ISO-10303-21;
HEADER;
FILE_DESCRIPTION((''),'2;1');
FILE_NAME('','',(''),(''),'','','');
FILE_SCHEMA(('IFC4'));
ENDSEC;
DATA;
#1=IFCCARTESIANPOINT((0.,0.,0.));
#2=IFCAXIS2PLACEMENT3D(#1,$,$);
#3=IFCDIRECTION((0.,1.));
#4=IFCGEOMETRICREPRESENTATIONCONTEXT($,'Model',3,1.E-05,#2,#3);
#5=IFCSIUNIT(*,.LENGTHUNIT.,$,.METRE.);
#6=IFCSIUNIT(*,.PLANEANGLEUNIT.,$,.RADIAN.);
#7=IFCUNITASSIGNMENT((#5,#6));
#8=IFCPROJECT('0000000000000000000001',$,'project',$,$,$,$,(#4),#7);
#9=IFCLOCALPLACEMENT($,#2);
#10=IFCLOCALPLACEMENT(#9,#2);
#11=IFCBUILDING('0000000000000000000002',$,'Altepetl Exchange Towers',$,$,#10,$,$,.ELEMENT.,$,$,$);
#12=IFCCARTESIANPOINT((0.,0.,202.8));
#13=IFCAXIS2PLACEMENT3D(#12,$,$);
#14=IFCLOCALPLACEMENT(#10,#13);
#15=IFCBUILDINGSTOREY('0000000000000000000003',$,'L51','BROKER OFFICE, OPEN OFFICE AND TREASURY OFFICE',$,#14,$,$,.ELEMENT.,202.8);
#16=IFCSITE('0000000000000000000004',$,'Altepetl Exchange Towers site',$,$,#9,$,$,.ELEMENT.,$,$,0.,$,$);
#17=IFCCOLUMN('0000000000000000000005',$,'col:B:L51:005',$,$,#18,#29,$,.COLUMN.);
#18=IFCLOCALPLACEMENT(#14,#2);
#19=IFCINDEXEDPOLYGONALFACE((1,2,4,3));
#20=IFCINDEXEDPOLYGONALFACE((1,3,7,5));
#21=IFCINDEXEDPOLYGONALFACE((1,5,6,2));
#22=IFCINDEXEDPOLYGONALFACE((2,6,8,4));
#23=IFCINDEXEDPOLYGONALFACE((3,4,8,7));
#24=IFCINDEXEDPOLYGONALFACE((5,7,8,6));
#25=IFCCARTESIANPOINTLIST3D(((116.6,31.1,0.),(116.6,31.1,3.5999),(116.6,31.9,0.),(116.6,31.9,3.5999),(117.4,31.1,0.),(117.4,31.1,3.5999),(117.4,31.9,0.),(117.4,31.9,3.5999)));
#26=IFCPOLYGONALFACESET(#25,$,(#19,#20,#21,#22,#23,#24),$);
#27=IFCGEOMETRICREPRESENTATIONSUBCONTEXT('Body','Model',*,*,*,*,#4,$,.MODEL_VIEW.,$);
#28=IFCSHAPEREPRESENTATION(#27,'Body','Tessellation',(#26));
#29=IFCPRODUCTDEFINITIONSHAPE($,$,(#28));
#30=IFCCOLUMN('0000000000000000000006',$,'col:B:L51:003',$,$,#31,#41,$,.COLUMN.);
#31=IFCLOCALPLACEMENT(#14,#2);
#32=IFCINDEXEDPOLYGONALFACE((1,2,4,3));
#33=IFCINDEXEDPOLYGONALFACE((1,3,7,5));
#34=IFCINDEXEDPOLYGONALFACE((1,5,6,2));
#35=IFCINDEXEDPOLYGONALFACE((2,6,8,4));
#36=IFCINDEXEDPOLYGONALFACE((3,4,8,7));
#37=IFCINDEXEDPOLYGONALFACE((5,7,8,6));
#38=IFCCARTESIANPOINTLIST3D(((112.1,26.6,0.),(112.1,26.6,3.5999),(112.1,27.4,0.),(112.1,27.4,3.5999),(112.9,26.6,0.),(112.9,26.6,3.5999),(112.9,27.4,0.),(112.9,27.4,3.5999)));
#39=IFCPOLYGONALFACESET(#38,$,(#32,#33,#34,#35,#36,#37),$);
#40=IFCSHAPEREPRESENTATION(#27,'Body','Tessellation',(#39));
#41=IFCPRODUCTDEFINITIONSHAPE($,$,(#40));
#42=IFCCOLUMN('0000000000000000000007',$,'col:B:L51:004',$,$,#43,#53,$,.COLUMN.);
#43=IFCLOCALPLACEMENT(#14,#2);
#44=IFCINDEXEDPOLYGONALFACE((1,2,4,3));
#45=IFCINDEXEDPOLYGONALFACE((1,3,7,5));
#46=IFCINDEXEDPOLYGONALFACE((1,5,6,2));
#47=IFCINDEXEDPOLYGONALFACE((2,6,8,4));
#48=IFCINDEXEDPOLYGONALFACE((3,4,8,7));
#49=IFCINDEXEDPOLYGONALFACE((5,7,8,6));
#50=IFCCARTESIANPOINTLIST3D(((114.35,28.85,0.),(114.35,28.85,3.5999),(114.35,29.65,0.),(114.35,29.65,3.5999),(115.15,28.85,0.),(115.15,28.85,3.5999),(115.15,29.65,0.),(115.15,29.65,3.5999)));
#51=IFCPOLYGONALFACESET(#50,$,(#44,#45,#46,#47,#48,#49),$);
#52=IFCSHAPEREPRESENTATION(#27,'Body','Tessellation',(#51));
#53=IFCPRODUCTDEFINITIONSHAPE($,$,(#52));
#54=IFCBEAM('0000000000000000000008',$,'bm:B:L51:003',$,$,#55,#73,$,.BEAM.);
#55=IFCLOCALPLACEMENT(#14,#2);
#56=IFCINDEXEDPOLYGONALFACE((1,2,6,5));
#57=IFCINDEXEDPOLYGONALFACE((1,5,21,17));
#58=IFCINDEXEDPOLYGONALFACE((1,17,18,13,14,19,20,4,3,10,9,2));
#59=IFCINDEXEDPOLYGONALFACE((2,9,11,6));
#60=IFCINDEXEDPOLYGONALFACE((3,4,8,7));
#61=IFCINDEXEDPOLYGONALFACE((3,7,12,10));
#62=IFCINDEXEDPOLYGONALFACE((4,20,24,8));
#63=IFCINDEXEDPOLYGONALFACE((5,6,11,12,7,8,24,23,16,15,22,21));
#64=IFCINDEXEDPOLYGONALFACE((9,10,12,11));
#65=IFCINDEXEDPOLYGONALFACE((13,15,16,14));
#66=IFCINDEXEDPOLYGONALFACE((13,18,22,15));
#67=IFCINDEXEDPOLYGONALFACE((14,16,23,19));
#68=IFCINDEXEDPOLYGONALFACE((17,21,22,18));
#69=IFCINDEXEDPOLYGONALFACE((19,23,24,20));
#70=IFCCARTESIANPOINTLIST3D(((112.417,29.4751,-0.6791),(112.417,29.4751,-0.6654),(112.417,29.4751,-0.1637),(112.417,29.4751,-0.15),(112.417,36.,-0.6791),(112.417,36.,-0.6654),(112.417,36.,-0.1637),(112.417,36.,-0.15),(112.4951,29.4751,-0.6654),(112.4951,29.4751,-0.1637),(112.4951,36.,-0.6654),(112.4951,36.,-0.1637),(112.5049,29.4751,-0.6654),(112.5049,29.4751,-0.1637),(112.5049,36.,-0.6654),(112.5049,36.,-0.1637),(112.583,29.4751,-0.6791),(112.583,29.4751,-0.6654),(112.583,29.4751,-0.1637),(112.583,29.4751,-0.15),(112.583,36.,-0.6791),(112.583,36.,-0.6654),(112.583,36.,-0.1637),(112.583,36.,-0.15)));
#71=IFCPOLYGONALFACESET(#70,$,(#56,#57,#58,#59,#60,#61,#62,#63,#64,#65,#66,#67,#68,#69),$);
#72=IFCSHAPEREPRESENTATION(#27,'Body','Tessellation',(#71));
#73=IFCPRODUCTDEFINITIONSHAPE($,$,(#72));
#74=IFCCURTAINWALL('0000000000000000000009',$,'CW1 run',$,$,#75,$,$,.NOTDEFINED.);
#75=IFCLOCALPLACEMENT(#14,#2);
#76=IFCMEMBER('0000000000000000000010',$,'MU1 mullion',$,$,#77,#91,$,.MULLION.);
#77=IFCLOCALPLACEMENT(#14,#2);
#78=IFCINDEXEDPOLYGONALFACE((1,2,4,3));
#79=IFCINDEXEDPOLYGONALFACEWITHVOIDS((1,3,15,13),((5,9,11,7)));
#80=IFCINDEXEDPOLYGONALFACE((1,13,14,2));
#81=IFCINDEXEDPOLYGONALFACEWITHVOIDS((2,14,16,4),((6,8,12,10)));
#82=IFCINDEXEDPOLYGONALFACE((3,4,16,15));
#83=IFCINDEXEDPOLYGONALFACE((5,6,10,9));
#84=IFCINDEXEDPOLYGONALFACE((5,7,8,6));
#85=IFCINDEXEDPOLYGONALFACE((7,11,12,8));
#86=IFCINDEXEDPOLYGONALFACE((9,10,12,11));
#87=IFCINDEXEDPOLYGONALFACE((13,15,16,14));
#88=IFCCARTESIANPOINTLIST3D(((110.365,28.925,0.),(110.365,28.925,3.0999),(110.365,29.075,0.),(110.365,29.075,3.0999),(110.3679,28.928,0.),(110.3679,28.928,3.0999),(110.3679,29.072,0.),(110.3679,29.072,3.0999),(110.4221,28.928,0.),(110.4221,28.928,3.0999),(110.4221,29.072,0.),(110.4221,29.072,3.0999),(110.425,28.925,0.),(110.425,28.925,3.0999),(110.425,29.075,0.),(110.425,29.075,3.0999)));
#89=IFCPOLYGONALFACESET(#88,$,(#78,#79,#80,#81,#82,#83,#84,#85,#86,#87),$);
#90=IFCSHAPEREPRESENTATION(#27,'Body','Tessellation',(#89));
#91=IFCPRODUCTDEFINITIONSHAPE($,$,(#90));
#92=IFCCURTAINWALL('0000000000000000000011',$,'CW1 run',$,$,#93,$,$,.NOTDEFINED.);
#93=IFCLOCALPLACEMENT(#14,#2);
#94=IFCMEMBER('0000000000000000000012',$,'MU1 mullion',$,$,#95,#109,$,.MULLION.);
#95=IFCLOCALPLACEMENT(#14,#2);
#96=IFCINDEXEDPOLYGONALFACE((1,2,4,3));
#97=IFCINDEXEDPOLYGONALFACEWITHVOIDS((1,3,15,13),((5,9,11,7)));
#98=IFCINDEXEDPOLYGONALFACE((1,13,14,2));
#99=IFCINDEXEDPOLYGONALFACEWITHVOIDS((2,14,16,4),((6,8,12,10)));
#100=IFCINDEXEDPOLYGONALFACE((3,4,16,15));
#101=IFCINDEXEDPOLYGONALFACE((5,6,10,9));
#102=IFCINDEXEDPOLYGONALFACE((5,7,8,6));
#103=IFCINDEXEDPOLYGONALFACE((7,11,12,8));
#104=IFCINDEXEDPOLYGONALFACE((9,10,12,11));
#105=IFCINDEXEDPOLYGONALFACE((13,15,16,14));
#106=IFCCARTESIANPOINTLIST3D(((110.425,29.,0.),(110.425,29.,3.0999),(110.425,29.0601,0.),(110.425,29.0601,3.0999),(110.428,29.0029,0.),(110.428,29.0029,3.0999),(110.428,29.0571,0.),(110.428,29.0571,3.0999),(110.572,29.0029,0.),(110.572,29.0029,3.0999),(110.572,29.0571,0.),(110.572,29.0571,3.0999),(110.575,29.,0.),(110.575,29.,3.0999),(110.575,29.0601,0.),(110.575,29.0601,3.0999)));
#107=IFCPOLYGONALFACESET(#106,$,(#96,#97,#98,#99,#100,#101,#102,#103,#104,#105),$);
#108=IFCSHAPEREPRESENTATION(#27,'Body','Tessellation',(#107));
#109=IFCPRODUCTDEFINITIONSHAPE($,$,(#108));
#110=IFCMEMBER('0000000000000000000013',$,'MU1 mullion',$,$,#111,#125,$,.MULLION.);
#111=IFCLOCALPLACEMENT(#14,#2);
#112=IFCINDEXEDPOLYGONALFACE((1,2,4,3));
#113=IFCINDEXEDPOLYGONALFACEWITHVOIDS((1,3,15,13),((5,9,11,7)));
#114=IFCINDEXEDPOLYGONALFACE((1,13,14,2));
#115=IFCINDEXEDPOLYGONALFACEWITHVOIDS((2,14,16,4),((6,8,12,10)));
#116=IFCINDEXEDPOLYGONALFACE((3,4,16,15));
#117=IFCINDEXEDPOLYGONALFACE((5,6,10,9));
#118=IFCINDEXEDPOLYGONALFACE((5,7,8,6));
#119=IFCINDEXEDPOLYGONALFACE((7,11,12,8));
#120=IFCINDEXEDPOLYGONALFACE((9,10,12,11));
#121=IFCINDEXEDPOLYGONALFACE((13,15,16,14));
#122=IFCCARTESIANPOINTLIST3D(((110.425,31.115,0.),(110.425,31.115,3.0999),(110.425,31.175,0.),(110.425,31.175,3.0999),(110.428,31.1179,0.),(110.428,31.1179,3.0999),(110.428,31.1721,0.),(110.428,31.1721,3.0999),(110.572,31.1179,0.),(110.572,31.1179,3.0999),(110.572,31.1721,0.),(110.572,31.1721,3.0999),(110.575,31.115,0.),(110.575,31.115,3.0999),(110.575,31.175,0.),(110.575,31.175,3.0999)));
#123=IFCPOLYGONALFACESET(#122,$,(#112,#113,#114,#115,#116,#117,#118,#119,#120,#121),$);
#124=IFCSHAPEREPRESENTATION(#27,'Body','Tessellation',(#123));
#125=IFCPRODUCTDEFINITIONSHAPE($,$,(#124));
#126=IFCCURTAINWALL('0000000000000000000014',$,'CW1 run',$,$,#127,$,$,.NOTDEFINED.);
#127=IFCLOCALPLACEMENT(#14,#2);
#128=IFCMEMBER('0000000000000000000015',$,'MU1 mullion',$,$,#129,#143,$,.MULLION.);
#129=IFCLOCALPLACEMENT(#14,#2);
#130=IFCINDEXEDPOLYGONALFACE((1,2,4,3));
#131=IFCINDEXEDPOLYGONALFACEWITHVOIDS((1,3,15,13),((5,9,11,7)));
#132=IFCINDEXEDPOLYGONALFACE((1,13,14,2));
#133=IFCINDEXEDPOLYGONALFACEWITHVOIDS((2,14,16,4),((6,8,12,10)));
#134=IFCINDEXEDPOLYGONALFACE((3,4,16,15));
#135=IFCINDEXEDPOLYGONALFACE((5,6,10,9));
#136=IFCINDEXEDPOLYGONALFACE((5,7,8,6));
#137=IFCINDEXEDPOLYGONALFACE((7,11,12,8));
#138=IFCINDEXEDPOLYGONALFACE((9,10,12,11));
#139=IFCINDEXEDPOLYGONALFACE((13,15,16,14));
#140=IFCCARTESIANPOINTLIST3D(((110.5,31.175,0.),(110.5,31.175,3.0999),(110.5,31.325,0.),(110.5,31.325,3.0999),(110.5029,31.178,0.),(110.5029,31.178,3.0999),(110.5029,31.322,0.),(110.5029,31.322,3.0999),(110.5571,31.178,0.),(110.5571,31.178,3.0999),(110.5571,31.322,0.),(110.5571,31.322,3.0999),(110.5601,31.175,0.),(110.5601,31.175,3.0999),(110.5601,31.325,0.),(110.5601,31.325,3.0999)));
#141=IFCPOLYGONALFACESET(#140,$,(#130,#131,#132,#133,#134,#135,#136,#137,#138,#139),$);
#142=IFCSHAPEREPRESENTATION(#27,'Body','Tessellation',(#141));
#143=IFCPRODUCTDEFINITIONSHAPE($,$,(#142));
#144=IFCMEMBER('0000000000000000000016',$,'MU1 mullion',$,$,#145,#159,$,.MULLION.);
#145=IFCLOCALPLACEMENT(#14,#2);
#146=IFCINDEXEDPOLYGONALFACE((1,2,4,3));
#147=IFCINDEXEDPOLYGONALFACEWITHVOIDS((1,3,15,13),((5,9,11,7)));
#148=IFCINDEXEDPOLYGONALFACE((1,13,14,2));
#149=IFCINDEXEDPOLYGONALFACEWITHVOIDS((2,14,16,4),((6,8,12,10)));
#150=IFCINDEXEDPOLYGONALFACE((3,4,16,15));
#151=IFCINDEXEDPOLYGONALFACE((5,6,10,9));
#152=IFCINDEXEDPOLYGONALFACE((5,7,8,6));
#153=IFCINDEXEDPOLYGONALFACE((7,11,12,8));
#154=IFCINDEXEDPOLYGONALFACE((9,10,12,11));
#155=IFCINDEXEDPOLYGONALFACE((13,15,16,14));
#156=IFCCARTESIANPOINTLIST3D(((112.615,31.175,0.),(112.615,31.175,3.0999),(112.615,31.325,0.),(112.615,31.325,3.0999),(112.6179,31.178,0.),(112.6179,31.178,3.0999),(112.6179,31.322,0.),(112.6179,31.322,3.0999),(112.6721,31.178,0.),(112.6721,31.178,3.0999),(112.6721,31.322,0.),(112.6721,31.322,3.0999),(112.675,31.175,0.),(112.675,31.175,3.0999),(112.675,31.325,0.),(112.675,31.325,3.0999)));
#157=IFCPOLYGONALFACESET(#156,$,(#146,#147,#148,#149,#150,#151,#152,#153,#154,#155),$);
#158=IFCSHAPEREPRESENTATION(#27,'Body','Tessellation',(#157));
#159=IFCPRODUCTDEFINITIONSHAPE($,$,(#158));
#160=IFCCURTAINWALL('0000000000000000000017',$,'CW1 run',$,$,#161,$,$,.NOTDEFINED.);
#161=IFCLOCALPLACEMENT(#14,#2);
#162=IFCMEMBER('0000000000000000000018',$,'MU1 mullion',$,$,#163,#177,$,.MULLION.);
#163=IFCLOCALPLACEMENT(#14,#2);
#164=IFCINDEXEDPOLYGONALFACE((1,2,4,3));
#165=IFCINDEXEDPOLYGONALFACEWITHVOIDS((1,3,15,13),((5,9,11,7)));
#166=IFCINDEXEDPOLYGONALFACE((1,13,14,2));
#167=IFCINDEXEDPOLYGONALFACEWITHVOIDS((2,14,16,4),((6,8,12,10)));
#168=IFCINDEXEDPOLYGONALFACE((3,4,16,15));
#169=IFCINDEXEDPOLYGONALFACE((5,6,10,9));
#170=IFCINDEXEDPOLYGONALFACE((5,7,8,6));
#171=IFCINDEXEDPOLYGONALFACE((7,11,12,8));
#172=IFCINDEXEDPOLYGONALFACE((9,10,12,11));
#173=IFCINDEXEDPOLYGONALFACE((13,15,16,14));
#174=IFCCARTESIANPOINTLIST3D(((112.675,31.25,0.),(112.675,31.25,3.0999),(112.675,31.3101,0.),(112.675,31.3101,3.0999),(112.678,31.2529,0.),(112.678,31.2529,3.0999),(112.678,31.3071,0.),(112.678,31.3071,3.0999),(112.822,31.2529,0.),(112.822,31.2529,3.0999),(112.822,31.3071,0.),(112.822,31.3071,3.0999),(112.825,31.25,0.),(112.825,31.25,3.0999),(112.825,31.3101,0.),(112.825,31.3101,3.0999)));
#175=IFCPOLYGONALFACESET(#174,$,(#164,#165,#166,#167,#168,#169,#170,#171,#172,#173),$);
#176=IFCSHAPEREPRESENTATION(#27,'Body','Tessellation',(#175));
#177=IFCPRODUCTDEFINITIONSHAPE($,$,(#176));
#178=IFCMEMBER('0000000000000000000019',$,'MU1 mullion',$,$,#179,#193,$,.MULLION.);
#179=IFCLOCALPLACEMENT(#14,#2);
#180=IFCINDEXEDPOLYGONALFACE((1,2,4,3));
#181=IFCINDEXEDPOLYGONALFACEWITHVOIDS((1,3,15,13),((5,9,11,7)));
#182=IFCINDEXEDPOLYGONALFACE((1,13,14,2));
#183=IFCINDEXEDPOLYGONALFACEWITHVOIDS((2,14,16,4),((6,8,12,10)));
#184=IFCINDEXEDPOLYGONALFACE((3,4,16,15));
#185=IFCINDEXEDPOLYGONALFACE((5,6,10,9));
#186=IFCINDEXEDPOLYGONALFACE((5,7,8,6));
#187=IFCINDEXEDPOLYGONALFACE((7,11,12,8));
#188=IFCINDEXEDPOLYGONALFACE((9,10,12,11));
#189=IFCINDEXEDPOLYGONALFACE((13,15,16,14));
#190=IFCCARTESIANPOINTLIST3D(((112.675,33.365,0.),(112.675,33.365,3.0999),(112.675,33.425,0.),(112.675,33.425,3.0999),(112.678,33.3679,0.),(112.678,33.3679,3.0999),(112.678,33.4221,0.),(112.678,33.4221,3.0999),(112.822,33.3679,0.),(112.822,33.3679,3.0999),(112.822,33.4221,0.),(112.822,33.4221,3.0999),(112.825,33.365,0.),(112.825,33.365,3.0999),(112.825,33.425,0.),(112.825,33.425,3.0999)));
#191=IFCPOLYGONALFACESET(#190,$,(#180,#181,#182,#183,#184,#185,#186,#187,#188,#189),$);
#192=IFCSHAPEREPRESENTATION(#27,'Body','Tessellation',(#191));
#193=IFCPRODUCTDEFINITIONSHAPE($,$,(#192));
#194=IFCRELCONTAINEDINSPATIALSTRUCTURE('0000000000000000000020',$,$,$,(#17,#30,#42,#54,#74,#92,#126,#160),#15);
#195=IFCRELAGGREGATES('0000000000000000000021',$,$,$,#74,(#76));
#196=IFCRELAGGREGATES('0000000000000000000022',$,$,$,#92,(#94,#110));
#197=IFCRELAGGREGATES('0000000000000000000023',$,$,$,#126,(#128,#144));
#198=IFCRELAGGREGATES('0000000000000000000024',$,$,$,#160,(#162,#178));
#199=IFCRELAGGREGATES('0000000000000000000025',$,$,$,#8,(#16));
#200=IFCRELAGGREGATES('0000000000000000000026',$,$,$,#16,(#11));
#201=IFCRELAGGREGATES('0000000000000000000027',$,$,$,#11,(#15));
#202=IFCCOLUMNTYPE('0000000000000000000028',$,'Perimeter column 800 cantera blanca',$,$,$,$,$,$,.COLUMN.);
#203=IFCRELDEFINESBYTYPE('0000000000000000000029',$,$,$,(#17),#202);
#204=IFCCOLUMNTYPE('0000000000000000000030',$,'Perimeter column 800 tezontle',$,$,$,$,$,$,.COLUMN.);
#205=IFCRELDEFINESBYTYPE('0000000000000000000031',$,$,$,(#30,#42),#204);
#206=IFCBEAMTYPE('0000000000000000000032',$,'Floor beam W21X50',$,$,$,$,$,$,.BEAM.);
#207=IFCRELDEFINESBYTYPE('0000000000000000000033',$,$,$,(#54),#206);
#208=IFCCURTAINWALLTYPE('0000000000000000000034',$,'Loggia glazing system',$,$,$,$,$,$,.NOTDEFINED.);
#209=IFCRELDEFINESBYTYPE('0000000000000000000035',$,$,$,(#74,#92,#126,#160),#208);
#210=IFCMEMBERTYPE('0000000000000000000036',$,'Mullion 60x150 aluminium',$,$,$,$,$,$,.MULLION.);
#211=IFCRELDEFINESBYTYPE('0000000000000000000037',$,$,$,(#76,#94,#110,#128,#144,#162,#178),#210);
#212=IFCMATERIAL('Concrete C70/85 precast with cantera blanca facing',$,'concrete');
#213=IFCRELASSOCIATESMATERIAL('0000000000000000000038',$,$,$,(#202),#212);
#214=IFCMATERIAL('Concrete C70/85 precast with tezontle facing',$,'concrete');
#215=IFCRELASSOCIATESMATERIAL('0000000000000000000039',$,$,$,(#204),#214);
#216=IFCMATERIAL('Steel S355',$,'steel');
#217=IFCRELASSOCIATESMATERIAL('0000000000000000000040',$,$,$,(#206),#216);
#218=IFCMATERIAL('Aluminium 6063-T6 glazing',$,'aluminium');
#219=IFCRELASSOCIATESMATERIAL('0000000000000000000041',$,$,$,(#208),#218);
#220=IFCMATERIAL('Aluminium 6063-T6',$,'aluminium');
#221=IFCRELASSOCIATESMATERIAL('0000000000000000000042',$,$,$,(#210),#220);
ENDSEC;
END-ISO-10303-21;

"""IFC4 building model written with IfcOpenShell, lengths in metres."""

from ifc_helpers import new_model, si_unit, direction, frame, origin, origin_2d, place, context, subcontext, project, spatial, rectangle, hollow_rectangle, i_section, extrude, material, material_profile, profile_set, type_object, element, aggregate, save


model = new_model("IFC4")

# Units and contexts
model_context = context("Model", 3, precision=1e-05, world=origin(), true_north=direction((0.0, 1.0)))
body_context = subcontext(model_context, "Body", "Model", "MODEL_VIEW")
ifc_project = project(units=[si_unit("LENGTHUNIT", "METRE"), si_unit("PLANEANGLEUNIT", "RADIAN")], contexts=[model_context])

# Site, building, storey
site_placement = place(None, origin())
site = spatial("IfcSite", under=ifc_project, at=site_placement, Name="Altepetl Exchange Towers site", CompositionType="ELEMENT", RefElevation=0.0)
building_placement = place(site_placement, origin())
building = spatial("IfcBuilding", under=site, at=building_placement, Name="Altepetl Exchange Towers", CompositionType="ELEMENT")
storey_placement = place(building_placement, frame((0.0, 0.0, 202.8)))
storey = spatial("IfcBuildingStorey", under=building, at=storey_placement, Name="L51", Description="BROKER OFFICE, OPEN OFFICE AND TREASURY OFFICE", CompositionType="ELEMENT", Elevation=202.8)

# Columns
ifc_material_1 = material(Name="Concrete C70/85 precast with cantera blanca facing", Category="concrete")
ifc_material_profile_1 = material_profile(ifc_material_1, rectangle(XDim=0.8, YDim=0.8, at=origin_2d()), Name="800 x 800")
ifc_profile_set_1 = profile_set([ifc_material_profile_1], Name="Concrete C70/85 precast with cantera blanca facing")
column_type_1 = type_object("IfcColumnType", Name="Perimeter column 800 cantera blanca", PredefinedType="COLUMN", material=ifc_profile_set_1)
column_placement = place(storey_placement, frame((117.0, 31.5, 0.0)))
element("IfcColumn", 1, at=column_placement, inside=storey, type_object=column_type_1, Name="col:B:L51:005", PredefinedType="COLUMN", context=body_context, shape_type="SweptSolid", body=[
    extrude(rectangle(XDim=0.8, YDim=0.8, at=origin_2d()), origin(), (0.0, 0.0, 1.0), 3.5999),
])
ifc_material_2 = material(Name="Concrete C70/85 precast with tezontle facing", Category="concrete")
ifc_material_profile_2 = material_profile(ifc_material_2, rectangle(XDim=0.8, YDim=0.8, at=origin_2d()), Name="800 x 800")
ifc_profile_set_2 = profile_set([ifc_material_profile_2], Name="Concrete C70/85 precast with tezontle facing")
column_type_2 = type_object("IfcColumnType", Name="Perimeter column 800 tezontle", PredefinedType="COLUMN", material=ifc_profile_set_2)
for number, where, name in (
    (2, (112.5, 27.0, 0.0), "col:B:L51:003"),
    (3, (114.75, 29.25, 0.0), "col:B:L51:004"),
):
    element("IfcColumn", number, at=place(storey_placement, frame(where)), inside=storey, type_object=column_type_2, Name=name, PredefinedType="COLUMN", context=body_context, shape_type="SweptSolid", body=[
        extrude(rectangle(XDim=0.8, YDim=0.8, at=origin_2d()), origin(), (0.0, 0.0, 1.0), 3.5999),
    ])

# Beam
ifc_material_3 = material(Name="Steel S355", Category="steel")
ifc_material_profile_3 = material_profile(ifc_material_3, i_section(OverallWidth=0.166, OverallDepth=0.5291, WebThickness=0.0098, FlangeThickness=0.0137, at=origin_2d()), Name="W21X50")
ifc_profile_set_3 = profile_set([ifc_material_profile_3], Name="Steel S355")
beam_type_1 = type_object("IfcBeamType", Name="Floor beam W21X50", PredefinedType="BEAM", material=ifc_profile_set_3)
beam_1_placement = place(storey_placement, frame((112.5, 29.4751, -0.4146), z_axis=(0.0, 1.0, 0.0), x_axis=(-1.0, 0.0, 0.0)))
element("IfcBeam", 4, at=beam_1_placement, inside=storey, type_object=beam_type_1, Name="bm:B:L51:003", PredefinedType="BEAM", context=body_context, shape_type="SweptSolid", body=[
    extrude(i_section(OverallWidth=0.166, OverallDepth=0.5291, WebThickness=0.0098, FlangeThickness=0.0137, at=origin_2d()), origin(), (0.0, 0.0, 1.0), 6.5249),
])

# Curtain wall, member
ifc_material_4 = material(Name="Aluminium 6063-T6 glazing", Category="aluminium")
curtain_wall_type = type_object("IfcCurtainWallType", Name="Loggia glazing system", PredefinedType="NOTDEFINED", material=ifc_material_4)
curtain_wall_1_placement = place(storey_placement, origin())
curtain_wall_1 = element("IfcCurtainWall", 5, at=curtain_wall_1_placement, inside=storey, type_object=curtain_wall_type, Name="CW1 run", PredefinedType="NOTDEFINED")
ifc_material_5 = material(Name="Aluminium 6063-T6", Category="aluminium")
ifc_material_profile_4 = material_profile(ifc_material_5, hollow_rectangle(XDim=0.0601, YDim=0.1499, WallThickness=0.0029, at=origin_2d()), Name="Mullion 60x150 aluminium")
ifc_profile_set_4 = profile_set([ifc_material_profile_4], Name="Aluminium 6063-T6")
member_type = type_object("IfcMemberType", Name="Mullion 60x150 aluminium", PredefinedType="MULLION", material=ifc_profile_set_4)
member_1_placement = place(storey_placement, frame((110.395, 29.0, 0.0)))
member_1 = element("IfcMember", 6, at=member_1_placement, type_object=member_type, Name="MU1 mullion", PredefinedType="MULLION", context=body_context, shape_type="SweptSolid", body=[
    extrude(hollow_rectangle(XDim=0.0601, YDim=0.1499, WallThickness=0.0029, at=origin_2d()), origin(), (0.0, 0.0, 1.0), 3.0999),
])
aggregate(curtain_wall_1, [member_1])

# Curtain walls, members
curtain_wall_2_placement = place(storey_placement, origin())
curtain_wall_2 = element("IfcCurtainWall", 7, at=curtain_wall_2_placement, inside=storey, type_object=curtain_wall_type, Name="CW1 run", PredefinedType="NOTDEFINED")
member_2_placement = place(storey_placement, frame((110.5, 29.03, 0.0), z_axis=(0.0, 0.0, 1.0), x_axis=(0.0, 1.0, 0.0)))
member_2 = element("IfcMember", 8, at=member_2_placement, type_object=member_type, Name="MU1 mullion", PredefinedType="MULLION", context=body_context, shape_type="SweptSolid", body=[
    extrude(hollow_rectangle(XDim=0.0601, YDim=0.1499, WallThickness=0.0029, at=origin_2d()), origin(), (0.0, 0.0, 1.0), 3.0999),
])
member_3_placement = place(storey_placement, frame((110.5, 31.145, 0.0), z_axis=(0.0, 0.0, 1.0), x_axis=(0.0, 1.0, 0.0)))
member_3 = element("IfcMember", 9, at=member_3_placement, type_object=member_type, Name="MU1 mullion", PredefinedType="MULLION", context=body_context, shape_type="SweptSolid", body=[
    extrude(hollow_rectangle(XDim=0.0601, YDim=0.1499, WallThickness=0.0029, at=origin_2d()), origin(), (0.0, 0.0, 1.0), 3.0999),
])
curtain_wall_3_placement = place(storey_placement, origin())
curtain_wall_3 = element("IfcCurtainWall", 10, at=curtain_wall_3_placement, inside=storey, type_object=curtain_wall_type, Name="CW1 run", PredefinedType="NOTDEFINED")
member_4_placement = place(storey_placement, frame((110.53, 31.25, 0.0)))
member_4 = element("IfcMember", 11, at=member_4_placement, type_object=member_type, Name="MU1 mullion", PredefinedType="MULLION", context=body_context, shape_type="SweptSolid", body=[
    extrude(hollow_rectangle(XDim=0.0601, YDim=0.1499, WallThickness=0.0029, at=origin_2d()), origin(), (0.0, 0.0, 1.0), 3.0999),
])
member_5_placement = place(storey_placement, frame((112.645, 31.25, 0.0)))
member_5 = element("IfcMember", 12, at=member_5_placement, type_object=member_type, Name="MU1 mullion", PredefinedType="MULLION", context=body_context, shape_type="SweptSolid", body=[
    extrude(hollow_rectangle(XDim=0.0601, YDim=0.1499, WallThickness=0.0029, at=origin_2d()), origin(), (0.0, 0.0, 1.0), 3.0999),
])
curtain_wall_4_placement = place(storey_placement, origin())
curtain_wall_4 = element("IfcCurtainWall", 13, at=curtain_wall_4_placement, inside=storey, type_object=curtain_wall_type, Name="CW1 run", PredefinedType="NOTDEFINED")
member_6_placement = place(storey_placement, frame((112.75, 31.28, 0.0), z_axis=(0.0, 0.0, 1.0), x_axis=(0.0, 1.0, 0.0)))
member_6 = element("IfcMember", 14, at=member_6_placement, type_object=member_type, Name="MU1 mullion", PredefinedType="MULLION", context=body_context, shape_type="SweptSolid", body=[
    extrude(hollow_rectangle(XDim=0.0601, YDim=0.1499, WallThickness=0.0029, at=origin_2d()), origin(), (0.0, 0.0, 1.0), 3.0999),
])
member_7_placement = place(storey_placement, frame((112.75, 33.395, 0.0), z_axis=(0.0, 0.0, 1.0), x_axis=(0.0, 1.0, 0.0)))
member_7 = element("IfcMember", 15, at=member_7_placement, type_object=member_type, Name="MU1 mullion", PredefinedType="MULLION", context=body_context, shape_type="SweptSolid", body=[
    extrude(hollow_rectangle(XDim=0.0601, YDim=0.1499, WallThickness=0.0029, at=origin_2d()), origin(), (0.0, 0.0, 1.0), 3.0999),
])

aggregate(curtain_wall_2, [member_2, member_3])
aggregate(curtain_wall_3, [member_4, member_5])
aggregate(curtain_wall_4, [member_6, member_7])

save(model, "model.ifc")
